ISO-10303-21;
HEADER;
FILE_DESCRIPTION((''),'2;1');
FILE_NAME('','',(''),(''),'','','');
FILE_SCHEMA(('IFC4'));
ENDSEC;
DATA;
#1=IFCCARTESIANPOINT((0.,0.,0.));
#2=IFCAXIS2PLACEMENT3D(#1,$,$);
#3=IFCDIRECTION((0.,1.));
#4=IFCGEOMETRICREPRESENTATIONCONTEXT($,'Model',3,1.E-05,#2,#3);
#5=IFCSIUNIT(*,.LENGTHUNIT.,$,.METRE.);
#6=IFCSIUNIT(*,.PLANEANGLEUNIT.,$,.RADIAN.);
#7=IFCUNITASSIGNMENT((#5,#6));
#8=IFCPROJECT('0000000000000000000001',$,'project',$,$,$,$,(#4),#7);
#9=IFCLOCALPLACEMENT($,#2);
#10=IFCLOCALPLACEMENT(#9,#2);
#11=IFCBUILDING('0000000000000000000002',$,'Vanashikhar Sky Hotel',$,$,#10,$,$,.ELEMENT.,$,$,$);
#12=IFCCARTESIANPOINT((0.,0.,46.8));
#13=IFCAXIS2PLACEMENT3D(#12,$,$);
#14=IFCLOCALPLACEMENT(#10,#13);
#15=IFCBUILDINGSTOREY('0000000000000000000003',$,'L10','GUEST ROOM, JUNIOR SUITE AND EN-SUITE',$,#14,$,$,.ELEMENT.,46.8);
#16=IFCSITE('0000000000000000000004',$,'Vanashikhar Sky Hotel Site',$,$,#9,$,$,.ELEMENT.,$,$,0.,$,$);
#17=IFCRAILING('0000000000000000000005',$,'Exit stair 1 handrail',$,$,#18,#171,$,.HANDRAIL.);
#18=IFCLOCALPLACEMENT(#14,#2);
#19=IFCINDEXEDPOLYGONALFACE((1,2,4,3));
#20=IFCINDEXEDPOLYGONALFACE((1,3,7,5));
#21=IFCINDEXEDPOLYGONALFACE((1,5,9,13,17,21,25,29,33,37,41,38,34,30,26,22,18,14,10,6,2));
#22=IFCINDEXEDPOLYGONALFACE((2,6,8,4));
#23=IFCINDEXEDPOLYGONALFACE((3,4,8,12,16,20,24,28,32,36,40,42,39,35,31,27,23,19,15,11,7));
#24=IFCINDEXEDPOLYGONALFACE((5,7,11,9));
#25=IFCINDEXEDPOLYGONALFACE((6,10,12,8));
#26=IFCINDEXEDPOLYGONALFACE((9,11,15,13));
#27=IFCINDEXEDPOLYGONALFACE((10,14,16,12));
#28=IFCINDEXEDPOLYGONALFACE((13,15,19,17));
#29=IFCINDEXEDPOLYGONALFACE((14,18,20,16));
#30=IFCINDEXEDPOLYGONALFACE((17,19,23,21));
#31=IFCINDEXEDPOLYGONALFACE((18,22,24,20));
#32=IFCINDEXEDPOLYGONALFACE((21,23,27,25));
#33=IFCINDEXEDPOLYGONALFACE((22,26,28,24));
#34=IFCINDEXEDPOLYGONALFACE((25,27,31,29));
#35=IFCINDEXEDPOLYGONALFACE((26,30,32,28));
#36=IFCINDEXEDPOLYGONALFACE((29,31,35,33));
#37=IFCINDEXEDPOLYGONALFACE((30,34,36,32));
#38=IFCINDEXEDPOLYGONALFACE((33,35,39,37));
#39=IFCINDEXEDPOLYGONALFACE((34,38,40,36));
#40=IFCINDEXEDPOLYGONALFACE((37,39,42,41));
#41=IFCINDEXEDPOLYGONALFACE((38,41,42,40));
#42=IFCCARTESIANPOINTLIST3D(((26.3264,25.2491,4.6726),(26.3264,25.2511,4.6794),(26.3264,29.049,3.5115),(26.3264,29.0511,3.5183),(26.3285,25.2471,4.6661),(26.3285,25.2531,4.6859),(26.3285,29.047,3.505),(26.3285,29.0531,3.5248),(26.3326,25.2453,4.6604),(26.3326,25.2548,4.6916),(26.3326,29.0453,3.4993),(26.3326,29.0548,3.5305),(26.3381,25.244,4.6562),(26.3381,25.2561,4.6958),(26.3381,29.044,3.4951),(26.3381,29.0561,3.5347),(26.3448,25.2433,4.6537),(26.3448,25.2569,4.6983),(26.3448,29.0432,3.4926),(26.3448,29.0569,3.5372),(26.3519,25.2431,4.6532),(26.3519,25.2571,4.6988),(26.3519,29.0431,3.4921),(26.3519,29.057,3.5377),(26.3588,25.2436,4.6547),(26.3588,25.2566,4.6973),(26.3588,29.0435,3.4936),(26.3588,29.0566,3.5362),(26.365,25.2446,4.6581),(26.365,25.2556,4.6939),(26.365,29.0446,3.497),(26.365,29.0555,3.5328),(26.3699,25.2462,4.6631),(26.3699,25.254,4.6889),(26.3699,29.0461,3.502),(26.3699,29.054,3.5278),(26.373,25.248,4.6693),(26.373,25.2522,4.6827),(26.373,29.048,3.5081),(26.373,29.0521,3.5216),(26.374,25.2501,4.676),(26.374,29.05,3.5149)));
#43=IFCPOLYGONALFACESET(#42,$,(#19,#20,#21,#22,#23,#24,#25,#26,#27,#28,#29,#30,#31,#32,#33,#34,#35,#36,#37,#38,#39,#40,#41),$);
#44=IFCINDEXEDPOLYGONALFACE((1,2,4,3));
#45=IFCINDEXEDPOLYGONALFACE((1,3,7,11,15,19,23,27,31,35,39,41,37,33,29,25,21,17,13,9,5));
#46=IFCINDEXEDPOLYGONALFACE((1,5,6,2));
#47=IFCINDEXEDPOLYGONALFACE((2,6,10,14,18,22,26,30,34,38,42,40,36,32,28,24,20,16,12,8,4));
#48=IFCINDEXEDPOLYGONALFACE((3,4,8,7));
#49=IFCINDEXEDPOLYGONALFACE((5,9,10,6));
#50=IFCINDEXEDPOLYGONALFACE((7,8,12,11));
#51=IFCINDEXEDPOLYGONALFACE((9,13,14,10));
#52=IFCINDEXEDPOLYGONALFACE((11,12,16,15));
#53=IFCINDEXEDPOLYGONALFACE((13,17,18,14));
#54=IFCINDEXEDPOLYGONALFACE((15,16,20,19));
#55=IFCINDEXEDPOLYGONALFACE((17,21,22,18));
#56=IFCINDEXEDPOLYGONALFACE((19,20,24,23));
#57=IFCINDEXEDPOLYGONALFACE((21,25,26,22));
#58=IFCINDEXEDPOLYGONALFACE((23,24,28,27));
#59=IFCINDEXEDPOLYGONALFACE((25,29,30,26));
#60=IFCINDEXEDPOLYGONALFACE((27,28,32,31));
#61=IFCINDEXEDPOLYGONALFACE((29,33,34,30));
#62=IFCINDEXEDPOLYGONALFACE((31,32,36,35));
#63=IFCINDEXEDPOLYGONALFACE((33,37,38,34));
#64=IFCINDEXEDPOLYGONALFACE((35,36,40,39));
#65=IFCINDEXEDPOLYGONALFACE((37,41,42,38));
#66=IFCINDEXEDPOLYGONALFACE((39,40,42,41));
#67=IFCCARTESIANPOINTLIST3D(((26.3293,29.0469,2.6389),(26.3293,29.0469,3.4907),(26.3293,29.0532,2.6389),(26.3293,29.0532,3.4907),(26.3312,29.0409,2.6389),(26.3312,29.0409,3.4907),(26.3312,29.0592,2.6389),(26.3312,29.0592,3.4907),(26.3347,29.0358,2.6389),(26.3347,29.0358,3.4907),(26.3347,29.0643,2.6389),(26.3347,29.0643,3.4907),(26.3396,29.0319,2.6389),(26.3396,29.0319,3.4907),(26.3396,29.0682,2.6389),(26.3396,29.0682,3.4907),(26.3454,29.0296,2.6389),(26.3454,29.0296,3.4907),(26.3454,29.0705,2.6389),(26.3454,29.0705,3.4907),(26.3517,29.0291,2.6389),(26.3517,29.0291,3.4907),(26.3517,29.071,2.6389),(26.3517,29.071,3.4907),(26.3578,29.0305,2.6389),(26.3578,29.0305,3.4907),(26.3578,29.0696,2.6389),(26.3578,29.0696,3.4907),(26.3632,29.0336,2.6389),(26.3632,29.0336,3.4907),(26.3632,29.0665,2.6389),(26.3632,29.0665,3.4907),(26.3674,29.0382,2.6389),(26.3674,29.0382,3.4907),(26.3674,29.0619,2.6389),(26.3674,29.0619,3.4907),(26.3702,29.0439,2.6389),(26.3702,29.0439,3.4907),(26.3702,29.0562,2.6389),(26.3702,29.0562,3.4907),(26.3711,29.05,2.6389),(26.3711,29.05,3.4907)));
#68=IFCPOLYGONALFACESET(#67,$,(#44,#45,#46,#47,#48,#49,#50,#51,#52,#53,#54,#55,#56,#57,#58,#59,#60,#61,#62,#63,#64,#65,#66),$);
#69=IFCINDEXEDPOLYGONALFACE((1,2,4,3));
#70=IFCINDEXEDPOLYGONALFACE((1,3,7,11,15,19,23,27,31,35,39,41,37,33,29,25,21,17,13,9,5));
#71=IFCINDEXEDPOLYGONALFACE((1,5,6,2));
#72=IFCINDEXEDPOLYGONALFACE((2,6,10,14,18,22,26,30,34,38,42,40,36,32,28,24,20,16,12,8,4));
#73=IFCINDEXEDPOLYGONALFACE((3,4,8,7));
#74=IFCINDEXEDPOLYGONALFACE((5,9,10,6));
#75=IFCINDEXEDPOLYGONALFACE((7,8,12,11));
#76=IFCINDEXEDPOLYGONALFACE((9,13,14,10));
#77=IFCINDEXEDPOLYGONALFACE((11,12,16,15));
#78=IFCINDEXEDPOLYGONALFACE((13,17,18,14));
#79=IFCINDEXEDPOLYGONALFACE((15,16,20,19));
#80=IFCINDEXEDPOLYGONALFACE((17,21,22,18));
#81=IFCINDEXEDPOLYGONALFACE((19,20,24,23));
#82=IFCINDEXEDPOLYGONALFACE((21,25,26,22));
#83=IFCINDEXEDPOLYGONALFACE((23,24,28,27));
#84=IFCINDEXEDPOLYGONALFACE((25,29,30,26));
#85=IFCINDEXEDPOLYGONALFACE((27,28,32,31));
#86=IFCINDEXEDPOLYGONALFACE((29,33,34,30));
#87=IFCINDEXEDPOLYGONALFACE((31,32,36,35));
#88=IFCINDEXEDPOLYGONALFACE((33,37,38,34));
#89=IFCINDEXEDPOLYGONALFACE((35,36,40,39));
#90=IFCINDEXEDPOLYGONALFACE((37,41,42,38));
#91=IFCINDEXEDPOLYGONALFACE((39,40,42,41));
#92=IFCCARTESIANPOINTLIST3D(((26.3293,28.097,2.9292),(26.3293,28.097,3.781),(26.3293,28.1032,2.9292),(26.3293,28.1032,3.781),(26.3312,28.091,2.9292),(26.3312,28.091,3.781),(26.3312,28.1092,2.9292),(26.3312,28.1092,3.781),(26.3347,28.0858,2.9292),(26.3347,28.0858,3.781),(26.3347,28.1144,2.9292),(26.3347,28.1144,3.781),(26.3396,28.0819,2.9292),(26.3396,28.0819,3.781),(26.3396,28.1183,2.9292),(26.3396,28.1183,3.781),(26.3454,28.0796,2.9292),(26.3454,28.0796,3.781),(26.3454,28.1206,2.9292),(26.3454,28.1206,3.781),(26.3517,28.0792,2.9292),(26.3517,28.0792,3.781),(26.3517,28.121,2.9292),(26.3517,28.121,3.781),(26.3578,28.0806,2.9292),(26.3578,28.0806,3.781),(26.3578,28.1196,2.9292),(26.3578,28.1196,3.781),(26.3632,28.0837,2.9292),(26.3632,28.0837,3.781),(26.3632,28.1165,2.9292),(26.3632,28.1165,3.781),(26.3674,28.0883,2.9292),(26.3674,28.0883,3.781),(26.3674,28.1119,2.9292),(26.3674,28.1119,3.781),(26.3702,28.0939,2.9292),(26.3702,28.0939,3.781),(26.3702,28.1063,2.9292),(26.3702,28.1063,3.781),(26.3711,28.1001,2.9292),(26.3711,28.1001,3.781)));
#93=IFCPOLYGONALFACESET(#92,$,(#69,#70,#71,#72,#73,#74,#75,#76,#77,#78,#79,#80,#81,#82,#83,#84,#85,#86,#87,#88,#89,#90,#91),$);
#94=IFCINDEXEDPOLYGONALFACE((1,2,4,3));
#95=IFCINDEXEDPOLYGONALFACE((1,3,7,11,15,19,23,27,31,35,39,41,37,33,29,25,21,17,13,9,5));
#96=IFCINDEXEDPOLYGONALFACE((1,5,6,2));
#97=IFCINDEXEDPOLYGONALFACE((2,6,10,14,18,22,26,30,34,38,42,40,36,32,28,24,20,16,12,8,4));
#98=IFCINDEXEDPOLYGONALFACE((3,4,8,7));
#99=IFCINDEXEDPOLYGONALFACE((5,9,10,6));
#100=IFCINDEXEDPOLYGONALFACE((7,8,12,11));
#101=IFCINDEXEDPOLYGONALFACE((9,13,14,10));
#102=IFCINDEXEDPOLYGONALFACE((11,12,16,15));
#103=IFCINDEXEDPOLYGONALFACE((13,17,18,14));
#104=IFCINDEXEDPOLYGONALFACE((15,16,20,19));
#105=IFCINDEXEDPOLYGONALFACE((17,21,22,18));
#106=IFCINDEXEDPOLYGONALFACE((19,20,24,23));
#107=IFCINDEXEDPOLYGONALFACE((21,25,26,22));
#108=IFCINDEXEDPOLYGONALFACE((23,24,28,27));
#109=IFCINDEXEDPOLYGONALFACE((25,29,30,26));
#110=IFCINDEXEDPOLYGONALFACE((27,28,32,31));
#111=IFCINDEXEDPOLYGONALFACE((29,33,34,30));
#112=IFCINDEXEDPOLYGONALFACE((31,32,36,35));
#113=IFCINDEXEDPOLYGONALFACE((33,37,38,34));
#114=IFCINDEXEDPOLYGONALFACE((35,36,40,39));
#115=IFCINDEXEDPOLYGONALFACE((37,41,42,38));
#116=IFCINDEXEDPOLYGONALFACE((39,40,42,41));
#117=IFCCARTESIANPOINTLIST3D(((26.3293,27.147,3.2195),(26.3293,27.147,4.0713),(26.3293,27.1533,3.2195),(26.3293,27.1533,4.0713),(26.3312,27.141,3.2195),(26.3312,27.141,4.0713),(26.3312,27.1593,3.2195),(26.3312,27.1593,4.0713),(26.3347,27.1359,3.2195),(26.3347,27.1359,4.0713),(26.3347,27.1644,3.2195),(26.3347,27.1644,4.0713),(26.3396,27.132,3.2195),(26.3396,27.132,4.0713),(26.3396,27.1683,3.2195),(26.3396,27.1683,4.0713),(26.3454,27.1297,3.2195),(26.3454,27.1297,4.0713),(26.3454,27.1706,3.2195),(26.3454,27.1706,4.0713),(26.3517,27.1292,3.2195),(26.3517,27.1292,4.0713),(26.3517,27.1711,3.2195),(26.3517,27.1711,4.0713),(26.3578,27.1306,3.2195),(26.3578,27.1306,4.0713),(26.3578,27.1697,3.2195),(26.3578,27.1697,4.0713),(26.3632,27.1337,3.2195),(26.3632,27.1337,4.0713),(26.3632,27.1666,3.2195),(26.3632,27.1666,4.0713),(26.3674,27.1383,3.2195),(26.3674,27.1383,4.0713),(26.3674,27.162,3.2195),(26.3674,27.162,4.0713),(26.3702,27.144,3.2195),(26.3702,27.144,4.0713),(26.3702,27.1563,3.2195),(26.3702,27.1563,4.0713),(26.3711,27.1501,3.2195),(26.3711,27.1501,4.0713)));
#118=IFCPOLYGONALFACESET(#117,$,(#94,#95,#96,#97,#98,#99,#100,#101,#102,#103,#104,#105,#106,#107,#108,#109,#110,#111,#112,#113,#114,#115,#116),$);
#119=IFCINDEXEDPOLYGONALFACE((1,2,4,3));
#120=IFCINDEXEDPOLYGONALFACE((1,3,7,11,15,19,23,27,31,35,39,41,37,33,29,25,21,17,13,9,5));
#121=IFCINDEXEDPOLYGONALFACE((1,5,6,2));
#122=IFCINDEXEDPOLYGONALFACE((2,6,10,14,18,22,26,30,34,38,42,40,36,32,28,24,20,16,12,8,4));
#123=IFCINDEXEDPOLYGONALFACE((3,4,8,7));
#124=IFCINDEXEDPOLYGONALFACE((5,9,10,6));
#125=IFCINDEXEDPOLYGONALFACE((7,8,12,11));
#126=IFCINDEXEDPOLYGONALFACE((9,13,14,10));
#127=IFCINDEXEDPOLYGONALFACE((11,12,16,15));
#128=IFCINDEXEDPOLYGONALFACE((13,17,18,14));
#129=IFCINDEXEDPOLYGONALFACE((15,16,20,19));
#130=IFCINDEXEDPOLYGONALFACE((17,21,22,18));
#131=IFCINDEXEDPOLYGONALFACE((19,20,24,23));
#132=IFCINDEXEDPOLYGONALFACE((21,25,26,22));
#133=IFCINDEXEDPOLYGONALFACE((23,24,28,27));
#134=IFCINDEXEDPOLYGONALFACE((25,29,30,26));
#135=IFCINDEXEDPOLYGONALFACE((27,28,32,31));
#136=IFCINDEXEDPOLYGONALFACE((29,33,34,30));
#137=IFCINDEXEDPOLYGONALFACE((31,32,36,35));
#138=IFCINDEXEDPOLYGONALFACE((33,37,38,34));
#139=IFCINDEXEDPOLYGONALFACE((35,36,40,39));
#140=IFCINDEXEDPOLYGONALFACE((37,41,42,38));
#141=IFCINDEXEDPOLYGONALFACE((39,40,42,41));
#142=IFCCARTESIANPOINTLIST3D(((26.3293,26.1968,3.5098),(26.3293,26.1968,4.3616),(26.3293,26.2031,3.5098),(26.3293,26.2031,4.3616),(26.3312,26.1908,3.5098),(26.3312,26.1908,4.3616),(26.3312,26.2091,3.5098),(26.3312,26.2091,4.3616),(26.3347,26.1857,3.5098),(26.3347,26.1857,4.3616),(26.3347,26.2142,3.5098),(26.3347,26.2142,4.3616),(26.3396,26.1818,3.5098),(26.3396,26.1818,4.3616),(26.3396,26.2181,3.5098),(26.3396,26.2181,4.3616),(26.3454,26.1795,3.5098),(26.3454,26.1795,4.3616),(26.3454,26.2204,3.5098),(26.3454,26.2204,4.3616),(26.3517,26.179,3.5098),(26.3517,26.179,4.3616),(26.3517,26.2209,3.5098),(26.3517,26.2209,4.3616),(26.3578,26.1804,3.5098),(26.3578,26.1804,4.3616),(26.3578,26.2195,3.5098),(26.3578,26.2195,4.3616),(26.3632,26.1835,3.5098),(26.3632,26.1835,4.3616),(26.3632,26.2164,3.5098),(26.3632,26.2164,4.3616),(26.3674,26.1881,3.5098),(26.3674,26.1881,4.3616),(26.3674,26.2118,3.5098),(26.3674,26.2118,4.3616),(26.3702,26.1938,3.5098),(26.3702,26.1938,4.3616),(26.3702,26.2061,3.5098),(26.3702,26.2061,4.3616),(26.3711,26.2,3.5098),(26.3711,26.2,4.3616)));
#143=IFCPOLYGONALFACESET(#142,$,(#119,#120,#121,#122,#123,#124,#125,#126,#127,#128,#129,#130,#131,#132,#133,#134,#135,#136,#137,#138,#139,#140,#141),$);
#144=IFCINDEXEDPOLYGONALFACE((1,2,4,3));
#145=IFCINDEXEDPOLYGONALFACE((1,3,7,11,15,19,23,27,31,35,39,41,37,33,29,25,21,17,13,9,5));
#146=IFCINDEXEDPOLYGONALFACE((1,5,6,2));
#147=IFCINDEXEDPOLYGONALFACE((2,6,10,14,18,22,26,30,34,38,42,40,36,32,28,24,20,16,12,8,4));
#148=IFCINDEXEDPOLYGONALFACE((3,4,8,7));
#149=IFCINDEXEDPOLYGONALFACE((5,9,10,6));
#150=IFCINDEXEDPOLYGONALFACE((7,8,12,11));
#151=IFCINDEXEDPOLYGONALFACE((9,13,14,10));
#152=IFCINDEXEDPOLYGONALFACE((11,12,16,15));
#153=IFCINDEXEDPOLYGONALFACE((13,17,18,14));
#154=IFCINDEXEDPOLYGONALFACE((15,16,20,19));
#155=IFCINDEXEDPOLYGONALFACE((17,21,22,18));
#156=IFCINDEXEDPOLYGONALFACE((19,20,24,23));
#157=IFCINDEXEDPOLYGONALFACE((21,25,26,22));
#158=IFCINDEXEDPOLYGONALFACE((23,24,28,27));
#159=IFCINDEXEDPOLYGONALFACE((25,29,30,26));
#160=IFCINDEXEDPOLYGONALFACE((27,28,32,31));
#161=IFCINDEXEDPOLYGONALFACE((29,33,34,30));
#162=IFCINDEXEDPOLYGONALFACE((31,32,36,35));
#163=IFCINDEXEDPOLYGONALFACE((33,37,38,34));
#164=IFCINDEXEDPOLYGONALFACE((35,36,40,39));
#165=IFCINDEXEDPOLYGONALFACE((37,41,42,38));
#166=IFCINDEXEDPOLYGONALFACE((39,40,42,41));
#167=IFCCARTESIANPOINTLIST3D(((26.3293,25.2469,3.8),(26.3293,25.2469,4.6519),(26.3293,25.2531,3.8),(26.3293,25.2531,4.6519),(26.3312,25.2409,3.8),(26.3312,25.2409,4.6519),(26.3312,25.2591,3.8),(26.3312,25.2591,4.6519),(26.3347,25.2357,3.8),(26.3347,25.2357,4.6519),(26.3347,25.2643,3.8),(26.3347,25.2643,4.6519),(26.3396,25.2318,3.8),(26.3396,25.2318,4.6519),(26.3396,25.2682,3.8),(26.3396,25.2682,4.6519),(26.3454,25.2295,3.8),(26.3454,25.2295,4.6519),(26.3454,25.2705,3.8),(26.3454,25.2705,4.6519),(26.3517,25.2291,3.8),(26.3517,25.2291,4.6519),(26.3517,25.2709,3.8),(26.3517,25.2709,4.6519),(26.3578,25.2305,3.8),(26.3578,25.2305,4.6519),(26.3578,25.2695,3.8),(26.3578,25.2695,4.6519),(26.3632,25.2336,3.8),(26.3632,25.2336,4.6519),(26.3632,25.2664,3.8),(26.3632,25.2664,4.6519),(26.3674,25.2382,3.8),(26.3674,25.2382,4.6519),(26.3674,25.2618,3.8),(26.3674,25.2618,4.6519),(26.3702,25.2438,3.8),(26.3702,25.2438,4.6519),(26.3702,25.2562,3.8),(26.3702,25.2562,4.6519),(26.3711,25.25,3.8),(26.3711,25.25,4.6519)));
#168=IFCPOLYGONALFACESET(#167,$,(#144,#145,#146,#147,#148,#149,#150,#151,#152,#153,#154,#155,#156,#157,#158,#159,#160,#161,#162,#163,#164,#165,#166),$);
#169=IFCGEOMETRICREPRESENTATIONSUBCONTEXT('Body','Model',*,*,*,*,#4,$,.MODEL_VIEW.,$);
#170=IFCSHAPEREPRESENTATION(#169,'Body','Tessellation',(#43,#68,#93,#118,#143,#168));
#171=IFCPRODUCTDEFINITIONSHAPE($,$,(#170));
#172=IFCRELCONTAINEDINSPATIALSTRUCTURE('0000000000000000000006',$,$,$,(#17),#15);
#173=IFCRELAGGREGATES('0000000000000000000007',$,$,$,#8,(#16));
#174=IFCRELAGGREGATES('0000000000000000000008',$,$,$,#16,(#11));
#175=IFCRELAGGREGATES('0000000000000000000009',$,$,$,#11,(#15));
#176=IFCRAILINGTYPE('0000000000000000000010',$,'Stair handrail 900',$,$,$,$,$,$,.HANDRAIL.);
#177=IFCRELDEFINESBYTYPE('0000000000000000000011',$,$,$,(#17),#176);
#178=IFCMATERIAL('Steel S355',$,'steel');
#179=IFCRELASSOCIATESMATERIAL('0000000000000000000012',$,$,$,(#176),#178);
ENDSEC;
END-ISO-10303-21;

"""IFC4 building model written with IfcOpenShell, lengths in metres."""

from ifc_helpers import new_model, si_unit, direction, frame, origin, origin_2d, place, context, subcontext, project, spatial, circle, extrude, source, transform, mapped, material, type_object, element, save


model = new_model("IFC4")

# Units and contexts
model_context = context("Model", 3, precision=1e-05, world=origin(), true_north=direction((0.0, 1.0)))
body_context = subcontext(model_context, "Body", "Model", "MODEL_VIEW")
ifc_project = project(units=[si_unit("LENGTHUNIT", "METRE"), si_unit("PLANEANGLEUNIT", "RADIAN")], contexts=[model_context])

# Site, building, storey
site_placement = place(None, origin())
site = spatial("IfcSite", under=ifc_project, at=site_placement, Name="Vanashikhar Sky Hotel Site", CompositionType="ELEMENT", RefElevation=0.0)
building_placement = place(site_placement, origin())
building = spatial("IfcBuilding", under=site, at=building_placement, Name="Vanashikhar Sky Hotel", CompositionType="ELEMENT")
storey_placement = place(building_placement, frame((0.0, 0.0, 46.8)))
storey = spatial("IfcBuildingStorey", under=building, at=storey_placement, Name="L10", Description="GUEST ROOM, JUNIOR SUITE AND EN-SUITE", CompositionType="ELEMENT", Elevation=46.8)

# Railing
ifc_material_1 = material(Name="Steel S355", Category="steel")
railing_type = type_object("IfcRailingType", Name="Stair handrail 900", PredefinedType="HANDRAIL", material=ifc_material_1)
shared_shape_1 = source(origin(), body_context, "Body", "SweptSolid", [
    extrude(circle(Radius=0.0239, at=origin_2d()), frame((0.0, 0.0, 0.876), z_axis=(0.0, -0.956351, 0.29222), x_axis=(1.0, 0.0, 0.0)), (0.0, 0.0, 1.0), 3.9734),
    extrude(circle(Radius=0.021, at=origin_2d()), origin(), (0.0, 0.0, 1.0), 0.8518),
    extrude(circle(Radius=0.021, at=origin_2d()), frame((0.0, -0.95, 0.2903)), (0.0, 0.0, 1.0), 0.8518),
    extrude(circle(Radius=0.021, at=origin_2d()), frame((0.0, -1.8999, 0.5806)), (0.0, 0.0, 1.0), 0.8518),
    extrude(circle(Radius=0.021, at=origin_2d()), frame((0.0, -2.8501, 0.8708)), (0.0, 0.0, 1.0), 0.8518),
    extrude(circle(Radius=0.021, at=origin_2d()), frame((0.0, -3.8, 1.1611)), (0.0, 0.0, 1.0), 0.8518),
])
for number, where, name in (
    (1, (26.3501, 29.05, 2.6389), "Exit stair 1 handrail"),
):
    element("IfcRailing", number, at=place(storey_placement, frame(where)), inside=storey, type_object=railing_type, Name=name, PredefinedType="HANDRAIL", context=body_context, shape_type="MappedRepresentation", body=[
        mapped(shared_shape_1, transform((0.0, 0.0, 0.0), scale=1.0)),
    ])

save(model, "model.ifc")
